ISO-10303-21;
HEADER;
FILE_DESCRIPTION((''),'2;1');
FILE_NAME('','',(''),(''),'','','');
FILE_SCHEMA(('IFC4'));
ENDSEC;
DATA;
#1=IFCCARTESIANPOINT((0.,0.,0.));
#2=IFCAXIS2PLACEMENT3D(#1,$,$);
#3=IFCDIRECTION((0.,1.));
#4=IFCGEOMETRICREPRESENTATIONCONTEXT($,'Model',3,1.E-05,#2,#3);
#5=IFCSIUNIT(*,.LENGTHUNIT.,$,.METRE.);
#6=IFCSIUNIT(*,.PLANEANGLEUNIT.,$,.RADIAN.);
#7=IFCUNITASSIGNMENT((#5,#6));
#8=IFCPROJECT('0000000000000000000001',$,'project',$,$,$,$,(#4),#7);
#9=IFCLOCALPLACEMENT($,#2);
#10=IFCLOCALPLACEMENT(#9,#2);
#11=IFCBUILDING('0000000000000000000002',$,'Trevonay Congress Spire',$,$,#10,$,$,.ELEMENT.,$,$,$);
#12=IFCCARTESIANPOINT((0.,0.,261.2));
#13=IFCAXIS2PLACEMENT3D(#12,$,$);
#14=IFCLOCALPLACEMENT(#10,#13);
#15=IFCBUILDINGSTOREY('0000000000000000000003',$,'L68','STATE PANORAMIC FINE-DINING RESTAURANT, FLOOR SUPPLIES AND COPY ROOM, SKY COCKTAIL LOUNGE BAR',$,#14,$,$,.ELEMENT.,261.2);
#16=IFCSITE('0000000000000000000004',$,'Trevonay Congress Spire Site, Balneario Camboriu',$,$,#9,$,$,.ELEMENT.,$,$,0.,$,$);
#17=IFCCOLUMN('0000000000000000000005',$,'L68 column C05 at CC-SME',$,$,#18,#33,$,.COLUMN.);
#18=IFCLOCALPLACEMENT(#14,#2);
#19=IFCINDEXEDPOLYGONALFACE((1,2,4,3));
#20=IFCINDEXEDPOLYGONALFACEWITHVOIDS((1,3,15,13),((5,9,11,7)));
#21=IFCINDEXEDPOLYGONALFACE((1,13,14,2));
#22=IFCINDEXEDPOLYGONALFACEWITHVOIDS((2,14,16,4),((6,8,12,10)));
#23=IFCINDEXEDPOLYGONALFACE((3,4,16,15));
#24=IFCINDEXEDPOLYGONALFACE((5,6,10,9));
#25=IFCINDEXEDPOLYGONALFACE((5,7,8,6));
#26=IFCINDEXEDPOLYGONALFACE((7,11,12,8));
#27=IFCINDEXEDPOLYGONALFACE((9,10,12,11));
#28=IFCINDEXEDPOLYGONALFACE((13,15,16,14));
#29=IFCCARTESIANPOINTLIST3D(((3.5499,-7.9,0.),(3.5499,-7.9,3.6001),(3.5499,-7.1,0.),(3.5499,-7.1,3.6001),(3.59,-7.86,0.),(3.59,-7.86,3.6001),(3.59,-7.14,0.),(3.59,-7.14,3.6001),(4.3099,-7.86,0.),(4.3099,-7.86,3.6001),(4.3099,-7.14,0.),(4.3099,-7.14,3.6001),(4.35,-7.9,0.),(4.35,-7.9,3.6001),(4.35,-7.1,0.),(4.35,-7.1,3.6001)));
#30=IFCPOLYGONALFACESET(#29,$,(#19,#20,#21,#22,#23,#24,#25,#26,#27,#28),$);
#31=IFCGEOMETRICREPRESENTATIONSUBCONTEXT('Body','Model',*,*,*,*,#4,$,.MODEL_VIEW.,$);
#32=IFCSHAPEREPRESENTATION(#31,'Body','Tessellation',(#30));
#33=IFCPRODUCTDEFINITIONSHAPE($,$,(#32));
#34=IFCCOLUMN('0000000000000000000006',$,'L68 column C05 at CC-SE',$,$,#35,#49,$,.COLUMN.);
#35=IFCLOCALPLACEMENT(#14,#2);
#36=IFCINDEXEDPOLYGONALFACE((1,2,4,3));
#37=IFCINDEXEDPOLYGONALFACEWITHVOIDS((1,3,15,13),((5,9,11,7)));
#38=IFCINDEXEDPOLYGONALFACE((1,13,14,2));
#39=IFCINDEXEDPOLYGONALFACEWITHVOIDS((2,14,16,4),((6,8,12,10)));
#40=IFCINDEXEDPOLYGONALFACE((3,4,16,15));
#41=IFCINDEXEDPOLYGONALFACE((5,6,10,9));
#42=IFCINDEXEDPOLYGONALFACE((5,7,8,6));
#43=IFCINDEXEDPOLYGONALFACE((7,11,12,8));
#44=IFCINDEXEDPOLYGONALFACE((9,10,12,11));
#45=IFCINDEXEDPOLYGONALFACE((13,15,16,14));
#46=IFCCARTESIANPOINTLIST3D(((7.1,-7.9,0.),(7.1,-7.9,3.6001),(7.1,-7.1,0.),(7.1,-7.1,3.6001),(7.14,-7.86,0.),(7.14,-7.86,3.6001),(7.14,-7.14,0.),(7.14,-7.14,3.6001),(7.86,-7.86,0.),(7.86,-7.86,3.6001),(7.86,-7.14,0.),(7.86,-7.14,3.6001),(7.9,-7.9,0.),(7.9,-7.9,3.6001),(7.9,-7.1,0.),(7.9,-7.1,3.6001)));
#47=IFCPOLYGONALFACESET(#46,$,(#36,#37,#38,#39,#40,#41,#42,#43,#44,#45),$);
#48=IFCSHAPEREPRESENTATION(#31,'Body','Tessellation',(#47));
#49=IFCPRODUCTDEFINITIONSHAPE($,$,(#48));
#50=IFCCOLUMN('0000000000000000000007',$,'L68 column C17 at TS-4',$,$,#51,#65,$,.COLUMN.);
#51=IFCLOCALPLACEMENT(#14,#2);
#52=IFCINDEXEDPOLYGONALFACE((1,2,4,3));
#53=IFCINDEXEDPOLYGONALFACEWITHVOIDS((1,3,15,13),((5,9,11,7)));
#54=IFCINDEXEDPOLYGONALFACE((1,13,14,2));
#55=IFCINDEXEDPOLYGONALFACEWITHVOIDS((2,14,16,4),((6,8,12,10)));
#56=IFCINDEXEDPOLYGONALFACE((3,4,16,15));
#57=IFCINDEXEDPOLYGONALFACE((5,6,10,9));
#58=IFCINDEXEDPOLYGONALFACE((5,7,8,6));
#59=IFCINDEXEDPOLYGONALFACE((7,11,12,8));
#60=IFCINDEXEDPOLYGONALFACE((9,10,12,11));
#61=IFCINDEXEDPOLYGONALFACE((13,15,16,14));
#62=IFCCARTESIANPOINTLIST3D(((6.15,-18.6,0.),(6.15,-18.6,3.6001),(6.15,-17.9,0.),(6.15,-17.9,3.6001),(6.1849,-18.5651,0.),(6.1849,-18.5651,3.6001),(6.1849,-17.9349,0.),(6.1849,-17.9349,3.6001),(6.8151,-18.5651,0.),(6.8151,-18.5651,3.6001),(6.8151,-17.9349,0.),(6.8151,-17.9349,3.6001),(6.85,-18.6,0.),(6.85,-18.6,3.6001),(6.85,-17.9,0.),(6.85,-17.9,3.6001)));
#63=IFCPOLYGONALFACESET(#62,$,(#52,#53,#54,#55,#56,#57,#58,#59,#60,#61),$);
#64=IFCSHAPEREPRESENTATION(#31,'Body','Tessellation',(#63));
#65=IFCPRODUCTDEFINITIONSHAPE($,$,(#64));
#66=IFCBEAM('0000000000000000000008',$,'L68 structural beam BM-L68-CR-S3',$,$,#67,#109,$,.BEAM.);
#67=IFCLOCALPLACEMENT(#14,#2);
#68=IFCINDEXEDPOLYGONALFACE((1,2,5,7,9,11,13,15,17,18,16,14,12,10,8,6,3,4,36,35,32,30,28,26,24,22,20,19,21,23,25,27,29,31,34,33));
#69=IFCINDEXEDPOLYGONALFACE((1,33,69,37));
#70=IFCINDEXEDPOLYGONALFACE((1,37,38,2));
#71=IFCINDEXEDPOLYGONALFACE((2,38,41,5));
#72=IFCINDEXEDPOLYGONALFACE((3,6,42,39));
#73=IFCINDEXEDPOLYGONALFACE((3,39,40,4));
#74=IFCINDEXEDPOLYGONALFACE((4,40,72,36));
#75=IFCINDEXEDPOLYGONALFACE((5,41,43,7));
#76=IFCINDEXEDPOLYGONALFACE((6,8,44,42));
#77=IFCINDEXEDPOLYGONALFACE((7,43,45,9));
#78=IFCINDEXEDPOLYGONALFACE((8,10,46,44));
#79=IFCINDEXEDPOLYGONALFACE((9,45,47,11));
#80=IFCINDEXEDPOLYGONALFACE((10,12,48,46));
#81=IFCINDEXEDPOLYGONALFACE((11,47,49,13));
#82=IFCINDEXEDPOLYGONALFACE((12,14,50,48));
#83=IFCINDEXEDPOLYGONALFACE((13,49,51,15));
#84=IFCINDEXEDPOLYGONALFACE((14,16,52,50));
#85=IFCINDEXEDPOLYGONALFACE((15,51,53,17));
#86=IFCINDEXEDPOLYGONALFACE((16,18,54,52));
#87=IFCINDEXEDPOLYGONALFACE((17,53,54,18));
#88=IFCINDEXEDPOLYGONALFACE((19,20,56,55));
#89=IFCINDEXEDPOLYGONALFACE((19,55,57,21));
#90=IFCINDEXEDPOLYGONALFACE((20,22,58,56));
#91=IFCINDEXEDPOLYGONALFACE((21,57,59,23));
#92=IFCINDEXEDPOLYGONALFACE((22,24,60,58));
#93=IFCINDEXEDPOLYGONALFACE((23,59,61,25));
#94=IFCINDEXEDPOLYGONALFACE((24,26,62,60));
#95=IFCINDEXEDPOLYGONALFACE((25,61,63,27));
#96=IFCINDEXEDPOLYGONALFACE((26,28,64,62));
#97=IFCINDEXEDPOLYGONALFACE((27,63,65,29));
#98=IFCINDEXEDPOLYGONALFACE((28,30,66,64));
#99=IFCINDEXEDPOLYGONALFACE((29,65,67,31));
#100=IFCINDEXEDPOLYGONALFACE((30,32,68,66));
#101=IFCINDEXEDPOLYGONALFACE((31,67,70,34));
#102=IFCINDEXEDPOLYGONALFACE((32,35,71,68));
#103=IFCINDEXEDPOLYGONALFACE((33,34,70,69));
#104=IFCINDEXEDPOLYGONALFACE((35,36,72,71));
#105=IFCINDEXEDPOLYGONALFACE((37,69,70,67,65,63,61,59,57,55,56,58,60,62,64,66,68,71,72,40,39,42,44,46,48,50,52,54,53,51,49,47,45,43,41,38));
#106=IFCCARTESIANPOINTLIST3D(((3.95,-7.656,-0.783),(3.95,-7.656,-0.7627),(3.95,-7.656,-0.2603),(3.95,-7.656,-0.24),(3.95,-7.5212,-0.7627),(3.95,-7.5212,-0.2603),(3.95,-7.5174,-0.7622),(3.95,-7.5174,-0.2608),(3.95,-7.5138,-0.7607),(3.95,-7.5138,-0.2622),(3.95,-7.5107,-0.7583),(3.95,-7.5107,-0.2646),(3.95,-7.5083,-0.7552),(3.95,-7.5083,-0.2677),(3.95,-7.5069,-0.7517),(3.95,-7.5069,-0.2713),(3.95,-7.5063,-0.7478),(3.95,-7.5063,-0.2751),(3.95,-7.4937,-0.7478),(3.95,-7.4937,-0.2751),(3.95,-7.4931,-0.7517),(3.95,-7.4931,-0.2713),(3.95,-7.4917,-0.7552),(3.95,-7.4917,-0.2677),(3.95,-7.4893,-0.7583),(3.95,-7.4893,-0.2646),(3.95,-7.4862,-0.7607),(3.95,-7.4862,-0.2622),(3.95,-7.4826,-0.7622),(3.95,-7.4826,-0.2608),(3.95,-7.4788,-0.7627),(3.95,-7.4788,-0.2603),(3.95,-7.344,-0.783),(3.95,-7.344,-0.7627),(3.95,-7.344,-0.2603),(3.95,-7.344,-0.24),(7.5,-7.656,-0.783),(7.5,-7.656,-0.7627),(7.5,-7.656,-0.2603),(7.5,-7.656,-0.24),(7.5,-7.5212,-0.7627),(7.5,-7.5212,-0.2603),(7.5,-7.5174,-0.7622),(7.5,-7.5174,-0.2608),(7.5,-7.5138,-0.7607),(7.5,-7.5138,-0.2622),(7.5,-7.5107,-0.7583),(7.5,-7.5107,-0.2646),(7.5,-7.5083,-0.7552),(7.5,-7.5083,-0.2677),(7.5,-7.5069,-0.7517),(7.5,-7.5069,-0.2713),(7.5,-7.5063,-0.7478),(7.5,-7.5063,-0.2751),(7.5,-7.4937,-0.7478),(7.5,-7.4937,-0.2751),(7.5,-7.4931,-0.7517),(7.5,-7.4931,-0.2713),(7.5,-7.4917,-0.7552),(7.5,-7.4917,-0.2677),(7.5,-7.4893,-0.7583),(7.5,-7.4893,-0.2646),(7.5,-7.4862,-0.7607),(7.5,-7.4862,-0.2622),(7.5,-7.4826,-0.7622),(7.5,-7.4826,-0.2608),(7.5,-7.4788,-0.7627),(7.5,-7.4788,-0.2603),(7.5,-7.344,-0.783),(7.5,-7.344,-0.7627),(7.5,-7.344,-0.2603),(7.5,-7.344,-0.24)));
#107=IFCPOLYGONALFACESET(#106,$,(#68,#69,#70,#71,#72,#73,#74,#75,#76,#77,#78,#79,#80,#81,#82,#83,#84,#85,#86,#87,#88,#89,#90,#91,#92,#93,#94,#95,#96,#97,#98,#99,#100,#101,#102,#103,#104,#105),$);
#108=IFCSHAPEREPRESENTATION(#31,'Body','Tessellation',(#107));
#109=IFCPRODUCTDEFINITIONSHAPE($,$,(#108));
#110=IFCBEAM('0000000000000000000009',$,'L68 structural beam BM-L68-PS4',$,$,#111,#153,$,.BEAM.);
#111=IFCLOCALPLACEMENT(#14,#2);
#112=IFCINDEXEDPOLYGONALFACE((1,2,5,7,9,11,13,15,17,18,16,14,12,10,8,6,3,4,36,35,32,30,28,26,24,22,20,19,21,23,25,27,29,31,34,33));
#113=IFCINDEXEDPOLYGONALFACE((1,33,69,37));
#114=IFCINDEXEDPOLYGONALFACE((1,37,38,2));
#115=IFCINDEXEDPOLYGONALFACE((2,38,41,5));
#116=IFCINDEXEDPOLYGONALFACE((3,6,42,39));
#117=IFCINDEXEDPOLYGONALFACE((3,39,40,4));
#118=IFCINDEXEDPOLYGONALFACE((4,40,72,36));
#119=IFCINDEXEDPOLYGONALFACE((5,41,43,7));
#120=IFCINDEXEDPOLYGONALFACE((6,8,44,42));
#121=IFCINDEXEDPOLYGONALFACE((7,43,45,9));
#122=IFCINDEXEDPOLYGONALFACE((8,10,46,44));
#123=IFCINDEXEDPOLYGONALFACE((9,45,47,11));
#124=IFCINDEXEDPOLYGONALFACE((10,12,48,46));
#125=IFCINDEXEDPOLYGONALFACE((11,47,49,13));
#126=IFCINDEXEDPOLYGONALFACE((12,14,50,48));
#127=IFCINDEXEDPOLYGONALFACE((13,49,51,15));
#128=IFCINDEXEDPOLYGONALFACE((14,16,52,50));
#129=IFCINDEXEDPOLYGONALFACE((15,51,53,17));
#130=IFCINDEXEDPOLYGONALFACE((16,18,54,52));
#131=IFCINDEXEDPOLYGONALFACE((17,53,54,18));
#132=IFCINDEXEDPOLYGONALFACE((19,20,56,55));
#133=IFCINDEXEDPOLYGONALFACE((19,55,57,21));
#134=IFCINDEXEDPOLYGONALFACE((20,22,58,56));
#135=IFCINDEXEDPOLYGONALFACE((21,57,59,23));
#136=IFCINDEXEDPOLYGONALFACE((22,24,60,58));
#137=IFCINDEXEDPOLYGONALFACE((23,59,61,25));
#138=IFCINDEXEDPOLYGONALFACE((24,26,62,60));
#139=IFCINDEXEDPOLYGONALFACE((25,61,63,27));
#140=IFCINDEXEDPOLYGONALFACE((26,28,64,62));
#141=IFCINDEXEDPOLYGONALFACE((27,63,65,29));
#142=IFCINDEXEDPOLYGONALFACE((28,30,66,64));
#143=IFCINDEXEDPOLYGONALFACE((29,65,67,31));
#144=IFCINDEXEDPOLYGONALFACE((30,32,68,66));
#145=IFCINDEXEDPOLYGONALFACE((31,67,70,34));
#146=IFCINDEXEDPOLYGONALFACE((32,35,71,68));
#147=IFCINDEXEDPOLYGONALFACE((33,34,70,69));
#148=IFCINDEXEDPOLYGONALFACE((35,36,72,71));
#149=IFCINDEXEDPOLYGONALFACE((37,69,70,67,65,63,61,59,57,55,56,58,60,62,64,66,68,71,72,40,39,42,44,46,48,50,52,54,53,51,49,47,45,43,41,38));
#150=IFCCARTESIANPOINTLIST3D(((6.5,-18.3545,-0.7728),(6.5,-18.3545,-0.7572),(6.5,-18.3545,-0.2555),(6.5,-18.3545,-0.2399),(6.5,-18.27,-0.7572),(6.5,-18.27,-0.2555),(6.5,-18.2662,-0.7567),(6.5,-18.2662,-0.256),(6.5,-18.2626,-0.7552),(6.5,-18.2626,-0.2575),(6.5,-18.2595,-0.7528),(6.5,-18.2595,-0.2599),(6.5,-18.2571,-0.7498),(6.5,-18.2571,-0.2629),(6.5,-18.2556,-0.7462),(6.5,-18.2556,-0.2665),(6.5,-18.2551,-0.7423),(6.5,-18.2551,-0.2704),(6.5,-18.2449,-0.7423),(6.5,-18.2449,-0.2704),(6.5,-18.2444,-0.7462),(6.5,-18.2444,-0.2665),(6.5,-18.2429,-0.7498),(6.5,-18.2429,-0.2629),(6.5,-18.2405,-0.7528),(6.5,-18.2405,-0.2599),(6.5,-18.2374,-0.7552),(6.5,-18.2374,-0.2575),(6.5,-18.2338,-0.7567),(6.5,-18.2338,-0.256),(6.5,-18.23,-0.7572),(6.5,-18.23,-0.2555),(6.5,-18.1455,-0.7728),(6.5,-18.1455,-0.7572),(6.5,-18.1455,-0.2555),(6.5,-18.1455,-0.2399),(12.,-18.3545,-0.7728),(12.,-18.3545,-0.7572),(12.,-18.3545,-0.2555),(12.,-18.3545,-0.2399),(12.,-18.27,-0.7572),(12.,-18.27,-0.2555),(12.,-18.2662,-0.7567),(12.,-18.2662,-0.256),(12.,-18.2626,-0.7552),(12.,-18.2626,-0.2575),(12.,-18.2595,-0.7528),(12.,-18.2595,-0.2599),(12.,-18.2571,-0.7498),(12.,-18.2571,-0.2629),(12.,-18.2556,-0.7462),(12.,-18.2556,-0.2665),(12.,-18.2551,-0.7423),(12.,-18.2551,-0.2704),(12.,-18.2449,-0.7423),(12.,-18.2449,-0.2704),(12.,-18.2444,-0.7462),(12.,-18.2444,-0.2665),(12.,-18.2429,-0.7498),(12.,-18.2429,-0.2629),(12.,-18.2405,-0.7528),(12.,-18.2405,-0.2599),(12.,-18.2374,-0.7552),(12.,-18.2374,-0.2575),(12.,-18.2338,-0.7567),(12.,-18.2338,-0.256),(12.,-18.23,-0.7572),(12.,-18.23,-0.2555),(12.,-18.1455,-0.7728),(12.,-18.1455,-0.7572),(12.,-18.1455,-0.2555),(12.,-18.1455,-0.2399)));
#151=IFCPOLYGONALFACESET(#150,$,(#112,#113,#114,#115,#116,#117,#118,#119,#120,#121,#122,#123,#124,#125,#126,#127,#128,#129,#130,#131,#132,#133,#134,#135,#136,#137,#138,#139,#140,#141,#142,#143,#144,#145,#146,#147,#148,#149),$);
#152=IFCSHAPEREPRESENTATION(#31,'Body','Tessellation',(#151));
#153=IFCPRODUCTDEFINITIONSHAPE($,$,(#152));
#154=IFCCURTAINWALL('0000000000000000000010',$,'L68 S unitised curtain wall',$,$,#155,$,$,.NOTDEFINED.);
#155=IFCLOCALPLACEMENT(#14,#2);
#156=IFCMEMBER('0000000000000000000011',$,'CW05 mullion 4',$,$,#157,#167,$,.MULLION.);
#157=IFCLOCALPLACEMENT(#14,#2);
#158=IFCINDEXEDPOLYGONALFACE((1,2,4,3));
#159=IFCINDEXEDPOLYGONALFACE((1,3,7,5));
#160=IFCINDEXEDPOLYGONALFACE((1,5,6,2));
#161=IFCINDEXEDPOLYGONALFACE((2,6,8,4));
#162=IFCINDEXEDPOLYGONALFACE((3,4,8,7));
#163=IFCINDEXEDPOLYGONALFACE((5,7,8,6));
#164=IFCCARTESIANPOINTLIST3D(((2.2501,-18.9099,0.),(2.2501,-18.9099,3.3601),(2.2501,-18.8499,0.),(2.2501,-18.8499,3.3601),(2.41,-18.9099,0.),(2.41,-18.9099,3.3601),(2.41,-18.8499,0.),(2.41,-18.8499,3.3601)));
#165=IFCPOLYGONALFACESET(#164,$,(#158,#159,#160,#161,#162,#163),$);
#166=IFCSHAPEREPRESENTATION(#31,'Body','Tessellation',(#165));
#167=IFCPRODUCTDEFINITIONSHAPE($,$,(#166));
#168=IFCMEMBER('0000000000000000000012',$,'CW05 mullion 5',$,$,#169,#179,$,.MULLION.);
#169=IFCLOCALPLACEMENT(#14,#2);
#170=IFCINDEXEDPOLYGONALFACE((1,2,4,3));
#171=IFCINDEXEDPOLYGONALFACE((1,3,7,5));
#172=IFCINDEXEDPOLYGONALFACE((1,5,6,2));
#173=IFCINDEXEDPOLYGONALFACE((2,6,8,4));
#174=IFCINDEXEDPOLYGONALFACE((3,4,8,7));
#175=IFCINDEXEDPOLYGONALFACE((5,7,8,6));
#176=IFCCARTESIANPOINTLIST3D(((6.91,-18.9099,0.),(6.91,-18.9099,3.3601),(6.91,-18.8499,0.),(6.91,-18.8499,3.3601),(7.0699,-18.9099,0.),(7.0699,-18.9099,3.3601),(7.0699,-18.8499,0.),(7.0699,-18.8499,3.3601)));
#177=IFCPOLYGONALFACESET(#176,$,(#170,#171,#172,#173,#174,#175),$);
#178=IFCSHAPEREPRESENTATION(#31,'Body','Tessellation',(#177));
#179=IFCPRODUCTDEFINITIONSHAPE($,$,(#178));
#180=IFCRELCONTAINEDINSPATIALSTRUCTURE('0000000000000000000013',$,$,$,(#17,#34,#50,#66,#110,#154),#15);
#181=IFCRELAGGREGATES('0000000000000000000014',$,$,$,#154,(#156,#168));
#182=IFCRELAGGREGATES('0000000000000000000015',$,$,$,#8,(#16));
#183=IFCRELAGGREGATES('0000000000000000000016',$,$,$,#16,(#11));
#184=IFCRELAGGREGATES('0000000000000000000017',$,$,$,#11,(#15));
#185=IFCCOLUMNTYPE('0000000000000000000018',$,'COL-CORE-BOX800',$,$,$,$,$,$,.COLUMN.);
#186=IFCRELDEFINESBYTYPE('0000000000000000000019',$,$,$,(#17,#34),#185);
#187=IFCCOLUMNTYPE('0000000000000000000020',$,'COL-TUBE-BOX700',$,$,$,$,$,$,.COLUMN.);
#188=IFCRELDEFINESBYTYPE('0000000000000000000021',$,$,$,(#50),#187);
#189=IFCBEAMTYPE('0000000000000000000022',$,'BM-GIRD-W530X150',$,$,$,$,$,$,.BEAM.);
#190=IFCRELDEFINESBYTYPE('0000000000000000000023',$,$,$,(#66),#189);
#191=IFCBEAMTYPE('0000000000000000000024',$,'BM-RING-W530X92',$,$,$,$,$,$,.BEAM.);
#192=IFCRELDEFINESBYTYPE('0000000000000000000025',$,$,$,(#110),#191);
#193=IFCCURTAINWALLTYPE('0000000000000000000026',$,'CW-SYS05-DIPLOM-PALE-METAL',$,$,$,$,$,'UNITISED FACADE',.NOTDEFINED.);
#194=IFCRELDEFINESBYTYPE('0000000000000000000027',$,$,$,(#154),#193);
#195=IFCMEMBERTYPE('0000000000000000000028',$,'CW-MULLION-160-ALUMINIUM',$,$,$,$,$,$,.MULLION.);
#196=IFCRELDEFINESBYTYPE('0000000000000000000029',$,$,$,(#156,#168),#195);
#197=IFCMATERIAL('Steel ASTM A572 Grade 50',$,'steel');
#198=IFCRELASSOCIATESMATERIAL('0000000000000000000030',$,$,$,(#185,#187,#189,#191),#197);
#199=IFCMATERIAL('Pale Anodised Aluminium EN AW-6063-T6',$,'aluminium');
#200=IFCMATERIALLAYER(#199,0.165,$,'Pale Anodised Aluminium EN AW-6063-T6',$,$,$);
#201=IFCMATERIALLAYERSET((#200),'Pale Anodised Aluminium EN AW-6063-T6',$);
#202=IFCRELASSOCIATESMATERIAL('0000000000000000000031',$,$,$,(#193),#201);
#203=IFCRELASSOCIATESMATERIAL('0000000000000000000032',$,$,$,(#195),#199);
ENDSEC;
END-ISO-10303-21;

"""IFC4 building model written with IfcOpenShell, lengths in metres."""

from ifc_helpers import new_model, si_unit, direction, frame, origin, origin_2d, place, context, subcontext, project, spatial, rectangle, hollow_rectangle, i_section, extrude, material, layer, layer_set, material_profile, profile_set, type_object, element, aggregate, save


model = new_model("IFC4")

# Units and contexts
model_context = context("Model", 3, precision=1e-05, world=origin(), true_north=direction((0.0, 1.0)))
body_context = subcontext(model_context, "Body", "Model", "MODEL_VIEW")
ifc_project = project(units=[si_unit("LENGTHUNIT", "METRE"), si_unit("PLANEANGLEUNIT", "RADIAN")], contexts=[model_context])

# Site, building, storey
site_placement = place(None, origin())
site = spatial("IfcSite", under=ifc_project, at=site_placement, Name="Trevonay Congress Spire Site, Balneario Camboriu", CompositionType="ELEMENT", RefElevation=0.0)
building_placement = place(site_placement, origin())
building = spatial("IfcBuilding", under=site, at=building_placement, Name="Trevonay Congress Spire", CompositionType="ELEMENT")
storey_placement = place(building_placement, frame((0.0, 0.0, 261.2)))
storey = spatial("IfcBuildingStorey", under=building, at=storey_placement, Name="L68", Description="STATE PANORAMIC FINE-DINING RESTAURANT, FLOOR SUPPLIES AND COPY ROOM, SKY COCKTAIL LOUNGE BAR", CompositionType="ELEMENT", Elevation=261.2)

# Columns
ifc_material_1 = material(Name="Steel ASTM A572 Grade 50", Category="steel")
ifc_material_profile_1 = material_profile(ifc_material_1, hollow_rectangle(XDim=0.8, YDim=0.8, WallThickness=0.04, at=origin_2d()), Name="BOX 800x800x40")
ifc_profile_set_1 = profile_set([ifc_material_profile_1], Name="Steel ASTM A572 Grade 50")
column_type_1 = type_object("IfcColumnType", Name="COL-CORE-BOX800", PredefinedType="COLUMN", material=ifc_profile_set_1)
for number, where, z_axis, x_axis, name in (
    (1, (3.95, -7.5, 0.0), (0.0, 0.0, 1.0), (1.0, 0.0, 0.0), "L68 column C05 at CC-SME"),
    (2, (7.5, -7.5, 0.0), (0.0, 0.0, 1.0), (1.0, 0.0, 0.0), "L68 column C05 at CC-SE"),
):
    element("IfcColumn", number, at=place(storey_placement, frame(where, z_axis=z_axis, x_axis=x_axis)), inside=storey, type_object=column_type_1, Name=name, PredefinedType="COLUMN", context=body_context, shape_type="SweptSolid", body=[
        extrude(hollow_rectangle(XDim=0.8, YDim=0.8, WallThickness=0.04, at=origin_2d()), origin(), (0.0, 0.0, 1.0), 3.6001),
    ])
ifc_material_profile_2 = material_profile(ifc_material_1, hollow_rectangle(XDim=0.7, YDim=0.7, WallThickness=0.0349, at=origin_2d()), Name="BOX 700x700x35")
ifc_profile_set_2 = profile_set([ifc_material_profile_2], Name="Steel ASTM A572 Grade 50")
column_type_2 = type_object("IfcColumnType", Name="COL-TUBE-BOX700", PredefinedType="COLUMN", material=ifc_profile_set_2)
column_placement = place(storey_placement, frame((6.5, -18.25, 0.0), z_axis=(0.0, 0.0, 1.0), x_axis=(1.0, 0.0, 0.0)))
element("IfcColumn", 3, at=column_placement, inside=storey, type_object=column_type_2, Name="L68 column C17 at TS-4", PredefinedType="COLUMN", context=body_context, shape_type="SweptSolid", body=[
    extrude(hollow_rectangle(XDim=0.7, YDim=0.7, WallThickness=0.0349, at=origin_2d()), origin(), (0.0, 0.0, 1.0), 3.6001),
])

# Beams
ifc_material_profile_3 = material_profile(ifc_material_1, i_section(OverallWidth=0.312, OverallDepth=0.543, WebThickness=0.0127, FlangeThickness=0.0203, FilletRadius=0.0149, at=origin_2d()), Name="W530x150")
ifc_profile_set_3 = profile_set([ifc_material_profile_3], Name="Steel ASTM A572 Grade 50")
beam_type_1 = type_object("IfcBeamType", Name="BM-GIRD-W530X150", PredefinedType="BEAM", material=ifc_profile_set_3)
beam_1_placement = place(storey_placement, frame((3.95, -7.5, -0.5115), z_axis=(1.0, 0.0, 0.0), x_axis=(0.0, 1.0, 0.0)))
element("IfcBeam", 4, at=beam_1_placement, inside=storey, type_object=beam_type_1, Name="L68 structural beam BM-L68-CR-S3", PredefinedType="BEAM", context=body_context, shape_type="SweptSolid", body=[
    extrude(i_section(OverallWidth=0.312, OverallDepth=0.543, WebThickness=0.0127, FlangeThickness=0.0203, FilletRadius=0.0149, at=origin_2d()), origin(), (0.0, 0.0, 1.0), 3.55),
])
ifc_material_profile_4 = material_profile(ifc_material_1, i_section(OverallWidth=0.209, OverallDepth=0.533, WebThickness=0.0103, FlangeThickness=0.0156, FilletRadius=0.0149, at=origin_2d()), Name="W530x92")
ifc_profile_set_4 = profile_set([ifc_material_profile_4], Name="Steel ASTM A572 Grade 50")
beam_type_2 = type_object("IfcBeamType", Name="BM-RING-W530X92", PredefinedType="BEAM", material=ifc_profile_set_4)
beam_2_placement = place(storey_placement, frame((6.5, -18.25, -0.5063), z_axis=(1.0, 0.0, 0.0), x_axis=(0.0, 1.0, 0.0)))
element("IfcBeam", 5, at=beam_2_placement, inside=storey, type_object=beam_type_2, Name="L68 structural beam BM-L68-PS4", PredefinedType="BEAM", context=body_context, shape_type="SweptSolid", body=[
    extrude(i_section(OverallWidth=0.209, OverallDepth=0.533, WebThickness=0.0103, FlangeThickness=0.0156, FilletRadius=0.0149, at=origin_2d()), origin(), (0.0, 0.0, 1.0), 5.5),
])

# Curtain wall, members
ifc_material_2 = material(Name="Pale Anodised Aluminium EN AW-6063-T6", Category="aluminium")
ifc_layer_1 = layer(ifc_material_2, 0.165, Name="Pale Anodised Aluminium EN AW-6063-T6")
ifc_layer_set_1 = layer_set([ifc_layer_1], Name="Pale Anodised Aluminium EN AW-6063-T6")
curtain_wall_type = type_object("IfcCurtainWallType", Name="CW-SYS05-DIPLOM-PALE-METAL", ElementType="UNITISED FACADE", PredefinedType="NOTDEFINED", material=ifc_layer_set_1)
curtain_wall_placement = place(storey_placement, origin())
curtain_wall = element("IfcCurtainWall", 6, at=curtain_wall_placement, inside=storey, type_object=curtain_wall_type, Name="L68 S unitised curtain wall", PredefinedType="NOTDEFINED")
ifc_material_profile_5 = material_profile(ifc_material_2, rectangle(XDim=0.0601, YDim=0.1599, at=origin_2d()), Name="CW-MULLION-160-ALUMINIUM")
ifc_profile_set_5 = profile_set([ifc_material_profile_5], Name="Pale Anodised Aluminium EN AW-6063-T6")
member_type_1 = type_object("IfcMemberType", Name="CW-MULLION-160-ALUMINIUM", PredefinedType="MULLION", material=ifc_profile_set_5)
member_1_placement = place(storey_placement, frame((2.3301, -18.8799, 0.0), z_axis=(0.0, 0.0, 1.0), x_axis=(0.0, 1.0, 0.0)))
member_1 = element("IfcMember", 7, at=member_1_placement, type_object=member_type_1, Name="CW05 mullion 4", PredefinedType="MULLION", context=body_context, shape_type="SweptSolid", body=[
    extrude(rectangle(XDim=0.0601, YDim=0.1599, at=origin_2d()), origin(), (0.0, 0.0, 1.0), 3.3601),
])
member_2_placement = place(storey_placement, frame((6.99, -18.8799, 0.0), z_axis=(0.0, 0.0, 1.0), x_axis=(0.0, 1.0, 0.0)))
member_2 = element("IfcMember", 8, at=member_2_placement, type_object=member_type_1, Name="CW05 mullion 5", PredefinedType="MULLION", context=body_context, shape_type="SweptSolid", body=[
    extrude(rectangle(XDim=0.0601, YDim=0.1599, at=origin_2d()), origin(), (0.0, 0.0, 1.0), 3.3601),
])

aggregate(curtain_wall, [member_1, member_2])

save(model, "model.ifc")
